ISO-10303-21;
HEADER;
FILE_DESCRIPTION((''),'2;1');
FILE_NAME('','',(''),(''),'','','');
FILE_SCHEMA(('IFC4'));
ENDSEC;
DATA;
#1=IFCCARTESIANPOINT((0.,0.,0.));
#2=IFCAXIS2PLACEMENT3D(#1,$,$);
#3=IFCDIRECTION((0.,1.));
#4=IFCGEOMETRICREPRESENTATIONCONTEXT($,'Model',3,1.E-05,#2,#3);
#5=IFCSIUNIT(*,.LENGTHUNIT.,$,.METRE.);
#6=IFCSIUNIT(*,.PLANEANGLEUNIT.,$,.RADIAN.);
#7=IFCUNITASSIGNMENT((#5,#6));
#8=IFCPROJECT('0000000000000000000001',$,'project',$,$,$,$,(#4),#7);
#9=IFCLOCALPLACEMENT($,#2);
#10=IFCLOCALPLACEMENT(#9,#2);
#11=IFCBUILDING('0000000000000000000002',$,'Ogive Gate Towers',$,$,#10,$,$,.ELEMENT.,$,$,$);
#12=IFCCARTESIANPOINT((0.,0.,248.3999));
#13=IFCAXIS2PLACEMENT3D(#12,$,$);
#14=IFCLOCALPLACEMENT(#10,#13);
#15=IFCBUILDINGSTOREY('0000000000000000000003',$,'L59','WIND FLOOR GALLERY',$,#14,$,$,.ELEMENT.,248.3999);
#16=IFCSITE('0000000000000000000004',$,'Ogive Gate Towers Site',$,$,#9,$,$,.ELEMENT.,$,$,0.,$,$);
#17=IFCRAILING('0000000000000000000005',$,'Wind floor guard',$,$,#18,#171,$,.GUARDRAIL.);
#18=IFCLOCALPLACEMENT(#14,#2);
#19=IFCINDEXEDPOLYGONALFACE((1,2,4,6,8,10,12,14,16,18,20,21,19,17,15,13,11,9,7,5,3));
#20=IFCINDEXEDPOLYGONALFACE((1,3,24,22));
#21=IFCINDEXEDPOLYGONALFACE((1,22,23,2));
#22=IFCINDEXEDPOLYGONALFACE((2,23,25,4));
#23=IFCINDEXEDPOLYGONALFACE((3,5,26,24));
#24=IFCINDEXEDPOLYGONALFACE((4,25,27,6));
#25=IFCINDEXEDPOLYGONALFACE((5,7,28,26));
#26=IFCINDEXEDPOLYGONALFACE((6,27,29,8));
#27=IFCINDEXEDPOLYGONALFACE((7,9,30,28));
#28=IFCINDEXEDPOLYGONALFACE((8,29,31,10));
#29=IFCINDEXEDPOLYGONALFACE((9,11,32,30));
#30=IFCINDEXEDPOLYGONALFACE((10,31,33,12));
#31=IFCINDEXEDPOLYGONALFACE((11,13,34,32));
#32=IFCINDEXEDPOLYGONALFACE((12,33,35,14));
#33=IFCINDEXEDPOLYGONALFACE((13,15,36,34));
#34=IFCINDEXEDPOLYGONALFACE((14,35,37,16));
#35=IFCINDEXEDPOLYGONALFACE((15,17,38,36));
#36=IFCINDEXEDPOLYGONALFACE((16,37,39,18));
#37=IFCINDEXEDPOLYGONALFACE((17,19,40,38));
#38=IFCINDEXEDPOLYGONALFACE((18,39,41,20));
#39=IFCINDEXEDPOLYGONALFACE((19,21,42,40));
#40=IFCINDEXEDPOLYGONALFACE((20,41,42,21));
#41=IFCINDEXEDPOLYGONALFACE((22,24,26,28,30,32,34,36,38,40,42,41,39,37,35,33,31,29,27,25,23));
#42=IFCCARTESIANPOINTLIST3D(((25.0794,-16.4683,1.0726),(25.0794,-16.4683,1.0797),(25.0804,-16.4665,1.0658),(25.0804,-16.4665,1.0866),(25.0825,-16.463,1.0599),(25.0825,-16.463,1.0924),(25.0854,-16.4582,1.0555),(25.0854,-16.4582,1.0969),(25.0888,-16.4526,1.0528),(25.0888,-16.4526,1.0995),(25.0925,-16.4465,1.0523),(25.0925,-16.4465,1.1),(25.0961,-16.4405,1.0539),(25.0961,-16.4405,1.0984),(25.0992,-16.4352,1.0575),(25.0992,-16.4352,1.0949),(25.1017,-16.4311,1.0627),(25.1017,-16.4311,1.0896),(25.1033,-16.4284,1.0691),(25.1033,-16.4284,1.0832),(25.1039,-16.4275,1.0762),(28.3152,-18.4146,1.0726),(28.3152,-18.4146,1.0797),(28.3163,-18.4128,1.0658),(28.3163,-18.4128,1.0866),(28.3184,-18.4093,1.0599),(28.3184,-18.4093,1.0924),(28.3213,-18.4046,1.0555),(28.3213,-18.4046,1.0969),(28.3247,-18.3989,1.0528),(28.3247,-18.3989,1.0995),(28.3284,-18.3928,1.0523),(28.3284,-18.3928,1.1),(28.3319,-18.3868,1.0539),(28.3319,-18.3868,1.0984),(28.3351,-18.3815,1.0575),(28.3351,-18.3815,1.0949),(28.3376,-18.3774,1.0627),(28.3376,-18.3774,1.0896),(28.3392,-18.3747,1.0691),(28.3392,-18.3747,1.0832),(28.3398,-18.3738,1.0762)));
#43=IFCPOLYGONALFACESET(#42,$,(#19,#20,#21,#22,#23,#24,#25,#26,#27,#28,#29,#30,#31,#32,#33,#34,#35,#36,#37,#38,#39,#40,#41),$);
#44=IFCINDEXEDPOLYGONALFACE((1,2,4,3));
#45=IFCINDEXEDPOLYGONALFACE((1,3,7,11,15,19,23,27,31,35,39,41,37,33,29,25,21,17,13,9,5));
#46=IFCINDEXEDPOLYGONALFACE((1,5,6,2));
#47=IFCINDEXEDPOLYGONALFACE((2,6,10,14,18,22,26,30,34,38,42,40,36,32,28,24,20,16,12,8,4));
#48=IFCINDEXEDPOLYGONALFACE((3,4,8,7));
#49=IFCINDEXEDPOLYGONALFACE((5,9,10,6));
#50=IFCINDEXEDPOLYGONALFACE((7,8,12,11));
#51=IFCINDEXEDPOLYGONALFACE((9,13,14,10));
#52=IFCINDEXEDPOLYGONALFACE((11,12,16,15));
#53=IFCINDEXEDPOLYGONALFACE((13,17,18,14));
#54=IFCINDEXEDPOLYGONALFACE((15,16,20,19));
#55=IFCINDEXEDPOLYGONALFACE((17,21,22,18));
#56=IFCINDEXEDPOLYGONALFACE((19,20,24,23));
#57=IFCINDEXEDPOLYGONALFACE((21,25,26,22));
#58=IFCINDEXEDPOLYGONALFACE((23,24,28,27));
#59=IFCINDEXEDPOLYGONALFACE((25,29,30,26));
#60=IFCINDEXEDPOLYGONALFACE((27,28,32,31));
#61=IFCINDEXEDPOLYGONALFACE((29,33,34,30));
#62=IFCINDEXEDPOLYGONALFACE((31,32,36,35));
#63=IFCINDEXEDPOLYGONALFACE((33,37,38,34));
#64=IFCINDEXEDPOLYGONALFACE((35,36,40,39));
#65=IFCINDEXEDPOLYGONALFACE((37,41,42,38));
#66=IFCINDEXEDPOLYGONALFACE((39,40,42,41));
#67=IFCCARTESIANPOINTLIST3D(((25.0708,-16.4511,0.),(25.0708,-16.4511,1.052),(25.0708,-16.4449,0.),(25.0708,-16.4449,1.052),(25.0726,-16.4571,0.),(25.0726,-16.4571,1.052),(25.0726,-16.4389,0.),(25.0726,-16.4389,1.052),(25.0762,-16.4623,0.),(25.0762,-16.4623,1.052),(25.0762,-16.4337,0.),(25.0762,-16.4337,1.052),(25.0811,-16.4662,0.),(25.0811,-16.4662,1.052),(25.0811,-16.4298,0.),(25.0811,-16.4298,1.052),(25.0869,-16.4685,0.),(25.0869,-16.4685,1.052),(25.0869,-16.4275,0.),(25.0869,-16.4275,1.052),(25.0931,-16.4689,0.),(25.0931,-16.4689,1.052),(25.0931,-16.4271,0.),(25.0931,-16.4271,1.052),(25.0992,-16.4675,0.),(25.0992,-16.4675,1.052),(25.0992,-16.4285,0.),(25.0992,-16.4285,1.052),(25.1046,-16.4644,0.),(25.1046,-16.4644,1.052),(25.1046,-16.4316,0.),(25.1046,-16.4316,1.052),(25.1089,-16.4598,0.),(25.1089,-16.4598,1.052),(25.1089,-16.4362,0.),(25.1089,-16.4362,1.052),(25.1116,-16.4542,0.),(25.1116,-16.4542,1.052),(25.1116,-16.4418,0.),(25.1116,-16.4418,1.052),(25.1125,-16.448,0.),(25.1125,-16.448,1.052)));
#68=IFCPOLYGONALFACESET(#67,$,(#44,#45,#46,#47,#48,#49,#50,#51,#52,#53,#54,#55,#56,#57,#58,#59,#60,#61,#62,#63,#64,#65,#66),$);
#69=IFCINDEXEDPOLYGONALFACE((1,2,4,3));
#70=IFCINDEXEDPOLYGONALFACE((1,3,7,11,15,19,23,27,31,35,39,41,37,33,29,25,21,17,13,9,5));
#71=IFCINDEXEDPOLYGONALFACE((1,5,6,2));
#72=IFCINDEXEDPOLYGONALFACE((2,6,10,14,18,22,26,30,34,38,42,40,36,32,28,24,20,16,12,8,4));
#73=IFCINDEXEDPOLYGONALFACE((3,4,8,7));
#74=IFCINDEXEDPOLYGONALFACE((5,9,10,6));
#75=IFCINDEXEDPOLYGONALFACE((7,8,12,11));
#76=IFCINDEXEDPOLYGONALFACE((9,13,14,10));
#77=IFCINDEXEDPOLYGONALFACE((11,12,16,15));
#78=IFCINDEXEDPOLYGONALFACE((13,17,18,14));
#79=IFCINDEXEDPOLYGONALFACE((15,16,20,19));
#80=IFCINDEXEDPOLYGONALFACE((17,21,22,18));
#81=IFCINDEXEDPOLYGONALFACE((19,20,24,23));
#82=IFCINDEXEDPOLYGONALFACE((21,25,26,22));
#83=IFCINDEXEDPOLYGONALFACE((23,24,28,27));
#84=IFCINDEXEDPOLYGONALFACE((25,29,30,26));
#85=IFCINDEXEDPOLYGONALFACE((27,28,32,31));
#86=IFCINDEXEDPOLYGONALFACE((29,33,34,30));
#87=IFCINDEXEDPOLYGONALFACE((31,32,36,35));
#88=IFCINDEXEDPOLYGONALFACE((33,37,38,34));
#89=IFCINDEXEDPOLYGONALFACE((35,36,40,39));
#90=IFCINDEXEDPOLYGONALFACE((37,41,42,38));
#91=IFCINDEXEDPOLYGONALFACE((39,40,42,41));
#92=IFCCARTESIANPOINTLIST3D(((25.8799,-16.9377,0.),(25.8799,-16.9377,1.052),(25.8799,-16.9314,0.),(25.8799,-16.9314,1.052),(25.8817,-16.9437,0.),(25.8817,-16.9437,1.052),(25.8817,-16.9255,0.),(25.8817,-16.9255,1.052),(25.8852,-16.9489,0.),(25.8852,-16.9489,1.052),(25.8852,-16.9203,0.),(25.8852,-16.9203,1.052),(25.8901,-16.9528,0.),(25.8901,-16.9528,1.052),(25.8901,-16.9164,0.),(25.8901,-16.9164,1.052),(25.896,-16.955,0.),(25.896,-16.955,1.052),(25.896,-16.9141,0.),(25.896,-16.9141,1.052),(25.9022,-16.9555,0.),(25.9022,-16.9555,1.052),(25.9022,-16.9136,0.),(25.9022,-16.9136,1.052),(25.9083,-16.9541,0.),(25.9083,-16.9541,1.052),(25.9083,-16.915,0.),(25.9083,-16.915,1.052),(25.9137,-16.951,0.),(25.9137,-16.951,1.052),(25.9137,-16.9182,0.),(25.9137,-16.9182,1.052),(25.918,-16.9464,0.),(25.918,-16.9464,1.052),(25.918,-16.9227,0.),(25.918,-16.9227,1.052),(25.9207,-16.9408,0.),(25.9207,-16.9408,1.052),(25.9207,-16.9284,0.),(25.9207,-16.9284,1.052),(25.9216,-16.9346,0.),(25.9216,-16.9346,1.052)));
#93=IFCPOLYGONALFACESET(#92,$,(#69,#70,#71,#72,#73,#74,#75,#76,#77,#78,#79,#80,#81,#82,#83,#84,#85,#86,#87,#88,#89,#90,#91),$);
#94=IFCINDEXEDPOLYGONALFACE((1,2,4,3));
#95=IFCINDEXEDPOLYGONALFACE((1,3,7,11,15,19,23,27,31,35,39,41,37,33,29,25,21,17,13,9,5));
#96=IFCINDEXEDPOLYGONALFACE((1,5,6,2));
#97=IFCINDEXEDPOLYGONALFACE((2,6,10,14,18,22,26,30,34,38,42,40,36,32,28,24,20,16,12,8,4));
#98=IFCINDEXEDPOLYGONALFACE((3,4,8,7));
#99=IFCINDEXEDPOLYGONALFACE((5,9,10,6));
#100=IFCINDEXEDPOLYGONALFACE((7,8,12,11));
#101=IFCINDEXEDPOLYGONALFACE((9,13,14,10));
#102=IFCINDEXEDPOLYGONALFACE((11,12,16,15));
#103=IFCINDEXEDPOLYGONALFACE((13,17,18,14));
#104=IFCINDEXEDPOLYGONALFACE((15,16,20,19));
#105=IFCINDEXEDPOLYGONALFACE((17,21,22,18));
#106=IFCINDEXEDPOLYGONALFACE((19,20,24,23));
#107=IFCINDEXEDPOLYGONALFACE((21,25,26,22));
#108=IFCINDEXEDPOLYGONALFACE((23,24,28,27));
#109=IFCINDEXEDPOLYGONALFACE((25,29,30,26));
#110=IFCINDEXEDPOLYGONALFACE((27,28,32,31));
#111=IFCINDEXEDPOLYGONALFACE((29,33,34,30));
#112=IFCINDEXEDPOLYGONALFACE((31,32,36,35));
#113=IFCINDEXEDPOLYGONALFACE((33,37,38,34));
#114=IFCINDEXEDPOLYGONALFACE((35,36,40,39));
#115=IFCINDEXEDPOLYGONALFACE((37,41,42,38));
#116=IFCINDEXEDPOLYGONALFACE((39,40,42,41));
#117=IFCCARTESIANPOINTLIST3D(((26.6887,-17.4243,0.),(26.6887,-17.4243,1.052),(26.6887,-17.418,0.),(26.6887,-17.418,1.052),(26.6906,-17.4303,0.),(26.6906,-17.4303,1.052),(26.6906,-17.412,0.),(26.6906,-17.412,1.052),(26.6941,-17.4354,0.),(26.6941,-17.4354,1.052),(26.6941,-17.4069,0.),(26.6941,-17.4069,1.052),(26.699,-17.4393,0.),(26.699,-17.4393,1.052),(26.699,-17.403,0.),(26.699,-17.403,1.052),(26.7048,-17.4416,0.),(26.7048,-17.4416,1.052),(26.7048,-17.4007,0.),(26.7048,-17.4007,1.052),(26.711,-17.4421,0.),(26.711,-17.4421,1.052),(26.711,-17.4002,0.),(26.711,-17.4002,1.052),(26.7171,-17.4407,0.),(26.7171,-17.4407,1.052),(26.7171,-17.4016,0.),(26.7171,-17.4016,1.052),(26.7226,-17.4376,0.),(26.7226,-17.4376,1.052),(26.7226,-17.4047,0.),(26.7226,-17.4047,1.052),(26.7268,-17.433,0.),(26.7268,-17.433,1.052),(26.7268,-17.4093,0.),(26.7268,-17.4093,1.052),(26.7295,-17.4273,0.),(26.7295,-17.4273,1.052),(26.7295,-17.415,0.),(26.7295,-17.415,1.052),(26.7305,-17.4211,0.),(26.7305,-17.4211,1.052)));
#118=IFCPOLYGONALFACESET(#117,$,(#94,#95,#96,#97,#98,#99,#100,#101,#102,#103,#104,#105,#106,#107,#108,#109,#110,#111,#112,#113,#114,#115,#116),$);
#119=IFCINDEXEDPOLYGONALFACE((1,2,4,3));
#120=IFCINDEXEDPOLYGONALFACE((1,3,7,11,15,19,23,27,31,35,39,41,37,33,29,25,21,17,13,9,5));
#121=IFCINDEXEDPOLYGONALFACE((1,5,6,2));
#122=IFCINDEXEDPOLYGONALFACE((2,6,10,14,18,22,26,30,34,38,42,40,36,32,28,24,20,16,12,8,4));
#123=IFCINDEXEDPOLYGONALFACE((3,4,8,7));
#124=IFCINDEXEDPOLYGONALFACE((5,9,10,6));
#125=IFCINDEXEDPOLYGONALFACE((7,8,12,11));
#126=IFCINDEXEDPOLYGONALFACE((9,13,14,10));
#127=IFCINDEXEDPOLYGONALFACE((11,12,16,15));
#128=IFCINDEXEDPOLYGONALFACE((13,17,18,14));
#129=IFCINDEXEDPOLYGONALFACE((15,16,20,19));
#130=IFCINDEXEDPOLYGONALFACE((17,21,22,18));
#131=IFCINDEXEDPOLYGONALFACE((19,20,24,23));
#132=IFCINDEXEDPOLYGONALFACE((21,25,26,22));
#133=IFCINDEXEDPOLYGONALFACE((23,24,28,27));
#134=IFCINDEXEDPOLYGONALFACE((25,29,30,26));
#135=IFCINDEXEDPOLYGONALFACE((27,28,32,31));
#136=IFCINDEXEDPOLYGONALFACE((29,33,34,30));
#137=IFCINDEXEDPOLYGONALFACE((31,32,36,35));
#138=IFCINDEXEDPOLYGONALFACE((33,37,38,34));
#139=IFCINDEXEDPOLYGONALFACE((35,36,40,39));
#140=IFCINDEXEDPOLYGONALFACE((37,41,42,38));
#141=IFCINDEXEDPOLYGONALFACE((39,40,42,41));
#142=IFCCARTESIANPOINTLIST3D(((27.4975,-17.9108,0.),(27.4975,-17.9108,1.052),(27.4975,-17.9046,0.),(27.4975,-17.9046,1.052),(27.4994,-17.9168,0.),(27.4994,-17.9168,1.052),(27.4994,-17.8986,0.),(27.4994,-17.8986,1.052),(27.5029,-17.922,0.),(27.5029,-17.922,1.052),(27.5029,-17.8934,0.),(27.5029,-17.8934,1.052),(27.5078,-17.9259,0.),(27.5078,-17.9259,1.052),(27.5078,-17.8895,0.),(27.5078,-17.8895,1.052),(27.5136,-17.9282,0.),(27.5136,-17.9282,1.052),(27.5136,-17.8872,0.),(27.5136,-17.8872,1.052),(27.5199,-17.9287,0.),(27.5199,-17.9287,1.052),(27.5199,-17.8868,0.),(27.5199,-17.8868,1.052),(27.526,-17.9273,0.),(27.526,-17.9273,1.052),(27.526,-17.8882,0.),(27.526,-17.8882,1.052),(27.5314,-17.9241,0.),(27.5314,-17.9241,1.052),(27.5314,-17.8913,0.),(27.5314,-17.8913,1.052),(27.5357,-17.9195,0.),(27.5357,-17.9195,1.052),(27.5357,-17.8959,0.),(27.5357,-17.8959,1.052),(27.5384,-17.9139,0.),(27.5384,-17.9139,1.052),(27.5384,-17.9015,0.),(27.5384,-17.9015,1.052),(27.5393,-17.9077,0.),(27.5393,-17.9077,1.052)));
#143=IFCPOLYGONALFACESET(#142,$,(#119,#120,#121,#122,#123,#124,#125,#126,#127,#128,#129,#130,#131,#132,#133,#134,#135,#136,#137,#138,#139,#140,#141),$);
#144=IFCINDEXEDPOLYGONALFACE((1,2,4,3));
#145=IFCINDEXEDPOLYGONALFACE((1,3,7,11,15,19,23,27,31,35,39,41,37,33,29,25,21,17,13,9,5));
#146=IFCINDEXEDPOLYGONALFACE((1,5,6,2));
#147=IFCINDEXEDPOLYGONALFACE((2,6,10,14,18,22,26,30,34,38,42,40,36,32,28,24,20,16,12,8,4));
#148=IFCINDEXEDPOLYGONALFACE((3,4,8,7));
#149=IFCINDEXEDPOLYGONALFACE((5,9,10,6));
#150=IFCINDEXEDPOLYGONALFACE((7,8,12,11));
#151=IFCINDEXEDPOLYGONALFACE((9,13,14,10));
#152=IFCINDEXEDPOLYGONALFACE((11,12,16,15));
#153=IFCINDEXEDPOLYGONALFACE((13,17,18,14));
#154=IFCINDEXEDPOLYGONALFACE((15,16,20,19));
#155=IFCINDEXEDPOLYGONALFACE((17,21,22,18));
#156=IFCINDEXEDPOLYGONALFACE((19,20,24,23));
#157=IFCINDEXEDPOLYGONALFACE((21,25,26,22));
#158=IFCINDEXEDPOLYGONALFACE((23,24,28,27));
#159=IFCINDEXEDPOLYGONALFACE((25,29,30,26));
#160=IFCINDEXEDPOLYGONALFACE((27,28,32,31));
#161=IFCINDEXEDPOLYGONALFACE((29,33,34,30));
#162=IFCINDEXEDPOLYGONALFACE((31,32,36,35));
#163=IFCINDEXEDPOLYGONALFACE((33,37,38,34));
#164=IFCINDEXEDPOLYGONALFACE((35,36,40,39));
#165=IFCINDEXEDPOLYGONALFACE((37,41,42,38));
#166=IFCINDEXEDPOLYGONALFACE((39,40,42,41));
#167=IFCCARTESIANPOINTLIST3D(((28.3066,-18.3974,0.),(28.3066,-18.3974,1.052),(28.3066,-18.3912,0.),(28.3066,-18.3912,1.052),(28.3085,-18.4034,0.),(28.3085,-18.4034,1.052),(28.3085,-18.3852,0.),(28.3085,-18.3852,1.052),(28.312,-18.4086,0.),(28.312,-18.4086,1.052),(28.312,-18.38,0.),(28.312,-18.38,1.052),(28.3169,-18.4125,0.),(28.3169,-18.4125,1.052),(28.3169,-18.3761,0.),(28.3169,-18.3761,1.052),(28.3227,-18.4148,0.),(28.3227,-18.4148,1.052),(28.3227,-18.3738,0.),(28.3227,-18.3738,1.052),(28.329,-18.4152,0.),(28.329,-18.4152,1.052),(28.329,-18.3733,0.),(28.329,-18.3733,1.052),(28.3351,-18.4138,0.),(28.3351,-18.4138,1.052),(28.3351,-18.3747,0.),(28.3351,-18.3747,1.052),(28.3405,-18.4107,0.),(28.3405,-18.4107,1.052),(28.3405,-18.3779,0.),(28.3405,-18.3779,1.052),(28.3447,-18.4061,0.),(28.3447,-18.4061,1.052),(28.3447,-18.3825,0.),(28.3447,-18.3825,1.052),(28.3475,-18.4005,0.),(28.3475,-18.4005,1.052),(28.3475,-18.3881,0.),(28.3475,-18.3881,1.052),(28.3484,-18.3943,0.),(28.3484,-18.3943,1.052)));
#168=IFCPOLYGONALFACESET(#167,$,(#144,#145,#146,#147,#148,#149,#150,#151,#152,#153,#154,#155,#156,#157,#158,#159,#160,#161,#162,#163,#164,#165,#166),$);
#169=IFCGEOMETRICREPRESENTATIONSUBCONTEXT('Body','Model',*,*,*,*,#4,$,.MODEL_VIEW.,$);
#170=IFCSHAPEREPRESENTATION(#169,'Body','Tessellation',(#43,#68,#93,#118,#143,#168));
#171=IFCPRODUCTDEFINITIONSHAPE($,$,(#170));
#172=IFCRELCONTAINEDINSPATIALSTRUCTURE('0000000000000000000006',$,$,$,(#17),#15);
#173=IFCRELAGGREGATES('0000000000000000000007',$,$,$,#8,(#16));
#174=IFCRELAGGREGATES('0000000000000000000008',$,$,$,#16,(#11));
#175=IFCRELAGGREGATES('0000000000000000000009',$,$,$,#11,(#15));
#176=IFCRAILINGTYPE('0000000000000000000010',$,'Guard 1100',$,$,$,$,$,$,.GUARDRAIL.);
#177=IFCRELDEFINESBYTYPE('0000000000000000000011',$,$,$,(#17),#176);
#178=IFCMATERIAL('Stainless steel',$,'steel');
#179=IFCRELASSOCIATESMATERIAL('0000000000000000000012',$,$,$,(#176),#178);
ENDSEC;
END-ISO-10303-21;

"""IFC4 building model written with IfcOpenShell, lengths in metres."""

from ifc_helpers import new_model, si_unit, direction, frame, origin, origin_2d, place, context, subcontext, project, spatial, circle, extrude, material, type_object, element, save


model = new_model("IFC4")

# Units and contexts
model_context = context("Model", 3, precision=1e-05, world=origin(), true_north=direction((0.0, 1.0)))
body_context = subcontext(model_context, "Body", "Model", "MODEL_VIEW")
ifc_project = project(units=[si_unit("LENGTHUNIT", "METRE"), si_unit("PLANEANGLEUNIT", "RADIAN")], contexts=[model_context])

# Site, building, storey
site_placement = place(None, origin())
site = spatial("IfcSite", under=ifc_project, at=site_placement, Name="Ogive Gate Towers Site", CompositionType="ELEMENT", RefElevation=0.0)
building_placement = place(site_placement, origin())
building = spatial("IfcBuilding", under=site, at=building_placement, Name="Ogive Gate Towers", CompositionType="ELEMENT")
storey_placement = place(building_placement, frame((0.0, 0.0, 248.3999)))
storey = spatial("IfcBuildingStorey", under=building, at=storey_placement, Name="L59", Description="WIND FLOOR GALLERY", CompositionType="ELEMENT", Elevation=248.3999)

# Railing
ifc_material_1 = material(Name="Stainless steel", Category="steel")
railing_type = type_object("IfcRailingType", Name="Guard 1100", PredefinedType="GUARDRAIL", material=ifc_material_1)
railing_1_placement = place(storey_placement, frame((25.0916, -16.448, 0.0)))
element("IfcRailing", 1, at=railing_1_placement, inside=storey, type_object=railing_type, Name="Wind floor guard", PredefinedType="GUARDRAIL", context=body_context, shape_type="SweptSolid", body=[
    extrude(circle(Radius=0.0239, at=origin_2d()), frame((0.0, 0.0, 1.0762), z_axis=(0.856933, -0.515427, 0.0), x_axis=(0.515427, 0.856933, 0.0)), (0.0, 0.0, 1.0), 3.7761),
    extrude(circle(Radius=0.021, at=origin_2d()), origin(), (0.0, 0.0, 1.0), 1.052),
    extrude(circle(Radius=0.021, at=origin_2d()), frame((0.8091, -0.4866, 0.0)), (0.0, 0.0, 1.0), 1.052),
    extrude(circle(Radius=0.021, at=origin_2d()), frame((1.6179, -0.9731, 0.0)), (0.0, 0.0, 1.0), 1.052),
    extrude(circle(Radius=0.021, at=origin_2d()), frame((2.4268, -1.4597, 0.0)), (0.0, 0.0, 1.0), 1.052),
    extrude(circle(Radius=0.021, at=origin_2d()), frame((3.2358, -1.9463, 0.0)), (0.0, 0.0, 1.0), 1.052),
])

save(model, "model.ifc")
